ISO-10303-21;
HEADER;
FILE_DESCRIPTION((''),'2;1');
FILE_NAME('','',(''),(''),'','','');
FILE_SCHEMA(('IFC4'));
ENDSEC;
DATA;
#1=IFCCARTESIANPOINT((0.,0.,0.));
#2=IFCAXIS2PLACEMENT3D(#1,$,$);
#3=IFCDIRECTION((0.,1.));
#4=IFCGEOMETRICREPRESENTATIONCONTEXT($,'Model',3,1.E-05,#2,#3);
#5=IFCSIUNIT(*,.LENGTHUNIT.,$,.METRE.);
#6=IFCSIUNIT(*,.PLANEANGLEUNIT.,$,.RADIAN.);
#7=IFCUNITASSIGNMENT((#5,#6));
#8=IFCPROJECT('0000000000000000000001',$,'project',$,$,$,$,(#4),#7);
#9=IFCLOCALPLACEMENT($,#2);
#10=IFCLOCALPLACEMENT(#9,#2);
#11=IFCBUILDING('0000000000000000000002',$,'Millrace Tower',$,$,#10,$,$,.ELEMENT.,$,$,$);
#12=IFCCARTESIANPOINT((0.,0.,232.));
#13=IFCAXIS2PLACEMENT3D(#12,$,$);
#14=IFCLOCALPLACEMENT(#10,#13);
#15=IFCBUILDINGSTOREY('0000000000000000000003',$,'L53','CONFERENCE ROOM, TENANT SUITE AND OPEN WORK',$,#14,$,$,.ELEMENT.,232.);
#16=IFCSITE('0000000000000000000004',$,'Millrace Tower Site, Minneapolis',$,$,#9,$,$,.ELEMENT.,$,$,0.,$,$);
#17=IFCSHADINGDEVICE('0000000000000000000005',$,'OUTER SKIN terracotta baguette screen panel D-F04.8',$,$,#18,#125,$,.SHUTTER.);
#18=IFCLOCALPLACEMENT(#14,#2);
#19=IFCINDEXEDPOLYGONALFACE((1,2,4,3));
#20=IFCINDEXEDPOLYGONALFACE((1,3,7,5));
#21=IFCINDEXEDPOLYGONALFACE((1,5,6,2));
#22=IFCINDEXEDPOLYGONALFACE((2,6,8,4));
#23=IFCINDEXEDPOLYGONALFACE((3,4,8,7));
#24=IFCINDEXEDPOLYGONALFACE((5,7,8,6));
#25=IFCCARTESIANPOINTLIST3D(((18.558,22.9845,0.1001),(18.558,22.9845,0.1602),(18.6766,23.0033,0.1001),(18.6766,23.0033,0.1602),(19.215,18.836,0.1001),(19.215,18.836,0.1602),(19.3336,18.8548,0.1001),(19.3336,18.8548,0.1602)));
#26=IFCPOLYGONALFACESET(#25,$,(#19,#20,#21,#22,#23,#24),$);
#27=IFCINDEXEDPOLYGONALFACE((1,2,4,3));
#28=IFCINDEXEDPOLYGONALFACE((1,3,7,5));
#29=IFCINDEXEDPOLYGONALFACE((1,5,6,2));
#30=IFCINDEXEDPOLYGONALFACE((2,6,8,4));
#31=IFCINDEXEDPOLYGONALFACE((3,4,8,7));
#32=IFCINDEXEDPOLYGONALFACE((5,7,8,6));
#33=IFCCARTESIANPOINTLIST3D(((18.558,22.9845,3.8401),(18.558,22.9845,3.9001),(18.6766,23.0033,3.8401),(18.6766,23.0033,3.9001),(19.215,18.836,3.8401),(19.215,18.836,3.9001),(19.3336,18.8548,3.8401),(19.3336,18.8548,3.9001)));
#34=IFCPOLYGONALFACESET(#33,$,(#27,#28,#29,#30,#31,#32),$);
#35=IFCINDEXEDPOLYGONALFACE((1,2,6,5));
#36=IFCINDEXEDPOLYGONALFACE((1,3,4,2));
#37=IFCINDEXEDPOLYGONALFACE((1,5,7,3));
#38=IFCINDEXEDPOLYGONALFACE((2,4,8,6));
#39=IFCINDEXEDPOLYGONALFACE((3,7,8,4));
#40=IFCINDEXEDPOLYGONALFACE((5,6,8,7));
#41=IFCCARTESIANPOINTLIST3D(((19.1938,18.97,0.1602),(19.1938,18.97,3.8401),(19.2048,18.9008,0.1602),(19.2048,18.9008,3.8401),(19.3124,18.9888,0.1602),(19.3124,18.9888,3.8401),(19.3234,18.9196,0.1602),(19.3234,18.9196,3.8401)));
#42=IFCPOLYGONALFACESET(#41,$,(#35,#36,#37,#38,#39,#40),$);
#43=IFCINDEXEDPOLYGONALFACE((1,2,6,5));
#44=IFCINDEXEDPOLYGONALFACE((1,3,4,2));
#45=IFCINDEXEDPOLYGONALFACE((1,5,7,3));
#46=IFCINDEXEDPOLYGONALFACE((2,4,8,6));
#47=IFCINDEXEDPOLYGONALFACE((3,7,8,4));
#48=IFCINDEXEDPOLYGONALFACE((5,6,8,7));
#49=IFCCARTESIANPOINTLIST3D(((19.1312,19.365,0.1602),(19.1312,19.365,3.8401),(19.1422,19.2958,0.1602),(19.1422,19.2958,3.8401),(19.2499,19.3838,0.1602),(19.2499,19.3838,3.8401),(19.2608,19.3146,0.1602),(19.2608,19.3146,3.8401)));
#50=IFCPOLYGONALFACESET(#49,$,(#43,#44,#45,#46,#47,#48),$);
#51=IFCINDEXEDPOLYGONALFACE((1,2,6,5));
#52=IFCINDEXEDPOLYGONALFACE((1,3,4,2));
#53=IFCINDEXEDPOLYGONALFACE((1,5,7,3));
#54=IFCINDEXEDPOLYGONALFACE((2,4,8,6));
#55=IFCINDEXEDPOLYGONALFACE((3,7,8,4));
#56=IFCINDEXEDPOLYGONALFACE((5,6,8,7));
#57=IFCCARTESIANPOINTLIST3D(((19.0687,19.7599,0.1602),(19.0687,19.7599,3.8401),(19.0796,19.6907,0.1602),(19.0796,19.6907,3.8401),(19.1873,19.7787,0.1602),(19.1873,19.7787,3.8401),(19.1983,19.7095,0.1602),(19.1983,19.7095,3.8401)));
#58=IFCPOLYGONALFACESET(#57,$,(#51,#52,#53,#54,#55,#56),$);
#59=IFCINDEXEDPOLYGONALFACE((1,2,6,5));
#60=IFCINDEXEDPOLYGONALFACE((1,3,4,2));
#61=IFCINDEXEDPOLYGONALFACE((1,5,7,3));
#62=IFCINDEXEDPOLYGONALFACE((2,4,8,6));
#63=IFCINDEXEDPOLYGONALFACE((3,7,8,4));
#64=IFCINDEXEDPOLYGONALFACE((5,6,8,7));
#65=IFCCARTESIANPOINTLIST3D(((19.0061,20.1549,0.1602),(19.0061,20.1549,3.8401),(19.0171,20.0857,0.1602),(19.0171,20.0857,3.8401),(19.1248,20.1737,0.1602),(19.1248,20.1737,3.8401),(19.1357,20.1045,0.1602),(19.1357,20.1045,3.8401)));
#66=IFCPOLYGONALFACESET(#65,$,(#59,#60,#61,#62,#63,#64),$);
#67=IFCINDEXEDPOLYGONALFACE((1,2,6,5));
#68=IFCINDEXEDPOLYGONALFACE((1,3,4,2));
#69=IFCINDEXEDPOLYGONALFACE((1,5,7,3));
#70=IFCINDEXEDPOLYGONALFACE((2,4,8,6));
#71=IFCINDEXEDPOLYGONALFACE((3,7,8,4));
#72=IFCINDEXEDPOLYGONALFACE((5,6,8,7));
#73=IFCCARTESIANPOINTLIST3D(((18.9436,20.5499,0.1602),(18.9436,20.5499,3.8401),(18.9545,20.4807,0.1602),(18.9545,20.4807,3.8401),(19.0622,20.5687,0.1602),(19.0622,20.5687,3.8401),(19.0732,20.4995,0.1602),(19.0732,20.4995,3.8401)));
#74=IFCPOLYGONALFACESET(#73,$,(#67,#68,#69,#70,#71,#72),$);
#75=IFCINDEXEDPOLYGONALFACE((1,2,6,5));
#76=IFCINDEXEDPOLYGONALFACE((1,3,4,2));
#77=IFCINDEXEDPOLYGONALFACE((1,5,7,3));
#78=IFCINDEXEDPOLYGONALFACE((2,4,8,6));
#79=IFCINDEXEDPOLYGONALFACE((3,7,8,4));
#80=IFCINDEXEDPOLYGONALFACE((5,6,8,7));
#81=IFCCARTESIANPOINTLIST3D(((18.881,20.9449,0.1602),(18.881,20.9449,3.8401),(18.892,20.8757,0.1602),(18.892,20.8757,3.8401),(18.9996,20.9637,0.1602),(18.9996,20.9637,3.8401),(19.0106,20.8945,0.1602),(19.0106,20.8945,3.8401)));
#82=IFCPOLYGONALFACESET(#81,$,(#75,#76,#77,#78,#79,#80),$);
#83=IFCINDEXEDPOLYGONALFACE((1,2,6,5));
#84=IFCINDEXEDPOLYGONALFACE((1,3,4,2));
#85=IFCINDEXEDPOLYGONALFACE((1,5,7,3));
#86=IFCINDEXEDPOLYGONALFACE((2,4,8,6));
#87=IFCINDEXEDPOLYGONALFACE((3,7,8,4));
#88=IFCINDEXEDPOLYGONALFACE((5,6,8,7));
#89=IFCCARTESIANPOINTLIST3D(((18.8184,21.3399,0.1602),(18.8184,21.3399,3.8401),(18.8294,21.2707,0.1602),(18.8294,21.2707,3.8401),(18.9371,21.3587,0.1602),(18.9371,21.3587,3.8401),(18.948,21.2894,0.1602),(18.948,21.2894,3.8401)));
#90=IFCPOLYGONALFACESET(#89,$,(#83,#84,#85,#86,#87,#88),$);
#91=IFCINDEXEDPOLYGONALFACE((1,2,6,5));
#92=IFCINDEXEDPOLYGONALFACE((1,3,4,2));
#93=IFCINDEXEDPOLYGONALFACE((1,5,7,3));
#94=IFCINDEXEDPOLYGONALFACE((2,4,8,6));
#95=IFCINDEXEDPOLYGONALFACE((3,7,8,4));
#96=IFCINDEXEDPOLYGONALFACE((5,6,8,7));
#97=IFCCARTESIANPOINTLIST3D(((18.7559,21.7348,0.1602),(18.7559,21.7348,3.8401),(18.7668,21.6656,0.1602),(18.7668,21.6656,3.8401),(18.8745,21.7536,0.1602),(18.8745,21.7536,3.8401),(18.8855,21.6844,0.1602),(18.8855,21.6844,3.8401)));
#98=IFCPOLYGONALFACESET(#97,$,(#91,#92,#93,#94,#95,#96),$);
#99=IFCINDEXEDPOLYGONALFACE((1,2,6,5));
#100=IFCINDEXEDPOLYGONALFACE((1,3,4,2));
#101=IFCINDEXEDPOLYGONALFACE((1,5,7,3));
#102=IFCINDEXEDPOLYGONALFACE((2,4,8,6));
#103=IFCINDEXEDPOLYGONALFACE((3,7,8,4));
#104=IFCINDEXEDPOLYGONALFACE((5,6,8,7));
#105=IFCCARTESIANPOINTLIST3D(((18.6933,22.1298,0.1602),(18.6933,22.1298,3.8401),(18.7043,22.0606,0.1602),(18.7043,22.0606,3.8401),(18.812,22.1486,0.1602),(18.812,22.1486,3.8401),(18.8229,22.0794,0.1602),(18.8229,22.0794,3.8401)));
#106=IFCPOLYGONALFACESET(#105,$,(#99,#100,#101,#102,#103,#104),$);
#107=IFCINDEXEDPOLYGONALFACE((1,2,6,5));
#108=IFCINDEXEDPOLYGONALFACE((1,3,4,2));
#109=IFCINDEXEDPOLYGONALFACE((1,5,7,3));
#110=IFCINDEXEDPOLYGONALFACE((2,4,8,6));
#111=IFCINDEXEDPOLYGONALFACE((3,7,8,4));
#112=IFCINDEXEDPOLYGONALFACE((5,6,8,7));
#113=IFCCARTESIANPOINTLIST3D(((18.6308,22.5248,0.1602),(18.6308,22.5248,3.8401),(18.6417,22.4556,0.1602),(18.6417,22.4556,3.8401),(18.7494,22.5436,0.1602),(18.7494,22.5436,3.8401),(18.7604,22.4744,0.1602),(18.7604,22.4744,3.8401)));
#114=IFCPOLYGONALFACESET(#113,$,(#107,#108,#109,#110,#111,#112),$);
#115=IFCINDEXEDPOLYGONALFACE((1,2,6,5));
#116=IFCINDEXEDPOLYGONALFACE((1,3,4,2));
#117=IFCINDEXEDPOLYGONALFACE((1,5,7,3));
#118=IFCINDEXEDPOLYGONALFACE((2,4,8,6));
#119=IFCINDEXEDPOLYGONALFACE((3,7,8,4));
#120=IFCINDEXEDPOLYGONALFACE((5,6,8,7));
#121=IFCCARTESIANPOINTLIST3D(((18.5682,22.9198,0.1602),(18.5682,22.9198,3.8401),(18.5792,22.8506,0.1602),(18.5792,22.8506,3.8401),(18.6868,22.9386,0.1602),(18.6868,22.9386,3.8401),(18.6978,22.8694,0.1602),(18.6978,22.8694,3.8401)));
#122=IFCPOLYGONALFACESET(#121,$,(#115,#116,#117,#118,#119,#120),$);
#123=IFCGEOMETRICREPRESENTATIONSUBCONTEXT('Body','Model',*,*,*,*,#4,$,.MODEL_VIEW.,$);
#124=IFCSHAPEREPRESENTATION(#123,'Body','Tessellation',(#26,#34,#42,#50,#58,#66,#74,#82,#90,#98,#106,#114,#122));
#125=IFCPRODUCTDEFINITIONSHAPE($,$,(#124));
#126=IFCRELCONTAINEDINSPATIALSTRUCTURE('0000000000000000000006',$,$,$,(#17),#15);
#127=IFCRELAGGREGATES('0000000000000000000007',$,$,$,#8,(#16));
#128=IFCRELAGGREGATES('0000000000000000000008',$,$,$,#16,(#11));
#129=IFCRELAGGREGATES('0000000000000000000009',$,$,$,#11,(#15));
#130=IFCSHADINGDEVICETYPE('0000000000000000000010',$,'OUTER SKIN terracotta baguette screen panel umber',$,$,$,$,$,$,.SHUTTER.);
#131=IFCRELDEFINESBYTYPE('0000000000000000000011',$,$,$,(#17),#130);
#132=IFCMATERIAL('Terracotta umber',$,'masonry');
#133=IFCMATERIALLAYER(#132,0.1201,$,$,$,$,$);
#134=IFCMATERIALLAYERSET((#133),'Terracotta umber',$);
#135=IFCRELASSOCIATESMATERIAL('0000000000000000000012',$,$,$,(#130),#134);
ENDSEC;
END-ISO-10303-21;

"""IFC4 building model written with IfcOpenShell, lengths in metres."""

from ifc_helpers import new_model, entity, si_unit, direction, frame, frame_2d, origin, origin_2d, place, context, subcontext, project, spatial, rectangle, extrude, source, transform, mapped, material, layer, layer_set, type_object, element, save


model = new_model("IFC4")

# Units and contexts
model_context = context("Model", 3, precision=1e-05, world=origin(), true_north=direction((0.0, 1.0)))
body_context = subcontext(model_context, "Body", "Model", "MODEL_VIEW")
ifc_project = project(units=[si_unit("LENGTHUNIT", "METRE"), si_unit("PLANEANGLEUNIT", "RADIAN")], contexts=[model_context])

# Site, building, storey
site_placement = place(None, origin())
site = spatial("IfcSite", under=ifc_project, at=site_placement, Name="Millrace Tower Site, Minneapolis", CompositionType="ELEMENT", RefElevation=0.0)
building_placement = place(site_placement, origin())
building = spatial("IfcBuilding", under=site, at=building_placement, Name="Millrace Tower", CompositionType="ELEMENT")
storey_placement = place(building_placement, frame((0.0, 0.0, 232.0)))
storey = spatial("IfcBuildingStorey", under=building, at=storey_placement, Name="L53", Description="CONFERENCE ROOM, TENANT SUITE AND OPEN WORK", CompositionType="ELEMENT", Elevation=232.0)

# Shading device
ifc_material_1 = material(Name="Terracotta umber", Category="masonry")
ifc_layer_1 = layer(ifc_material_1, 0.1201)
ifc_layer_set_1 = layer_set([ifc_layer_1], Name="Terracotta umber")
shading_device_type = type_object("IfcShadingDeviceType", Name="OUTER SKIN terracotta baguette screen panel umber", PredefinedType="SHUTTER", material=ifc_layer_set_1)
cartesian_point = entity("IfcCartesianPoint", [-2.1001, 0.0601])
shared_polyline = entity("IfcPolyline", [cartesian_point, entity("IfcCartesianPoint", [2.1001, 0.0601]), entity("IfcCartesianPoint", [2.1001, -0.0601]), entity("IfcCartesianPoint", [-2.1001, -0.0601]), cartesian_point])
shared_shape = source(origin(), body_context, "Body", "SweptSolid", [
    entity("IfcExtrudedAreaSolid", entity("IfcArbitraryClosedProfileDef", "AREA", None, shared_polyline), entity("IfcAxis2Placement3D", entity("IfcCartesianPoint", [0.0, 0.0, 0.0])), entity("IfcDirection", [0.0, 0.0, 1.0]), 0.0601),
    entity("IfcExtrudedAreaSolid", entity("IfcArbitraryClosedProfileDef", "AREA", None, shared_polyline), entity("IfcAxis2Placement3D", entity("IfcCartesianPoint", [0.0, 0.0, 3.74])), entity("IfcDirection", [0.0, 0.0, 1.0]), 0.0601),
    extrude(rectangle(XDim=0.0701, YDim=0.1201, at=frame_2d((-1.9995, 0.0))), frame((0.0, 0.0, 0.0601)), (0.0, 0.0, 1.0), 3.6799),
    extrude(rectangle(XDim=0.0701, YDim=0.1201, at=frame_2d((-1.5996, 0.0))), frame((0.0, 0.0, 0.0601)), (0.0, 0.0, 1.0), 3.6799),
    extrude(rectangle(XDim=0.0701, YDim=0.1201, at=frame_2d((-1.1997, 0.0))), frame((0.0, 0.0, 0.0601)), (0.0, 0.0, 1.0), 3.6799),
    extrude(rectangle(XDim=0.0701, YDim=0.1201, at=frame_2d((-0.7998, 0.0))), frame((0.0, 0.0, 0.0601)), (0.0, 0.0, 1.0), 3.6799),
    extrude(rectangle(XDim=0.0701, YDim=0.1201, at=frame_2d((-0.3999, 0.0))), frame((0.0, 0.0, 0.0601)), (0.0, 0.0, 1.0), 3.6799),
    extrude(rectangle(XDim=0.0701, YDim=0.1201, at=origin_2d()), frame((0.0, 0.0, 0.0601)), (0.0, 0.0, 1.0), 3.6799),
    extrude(rectangle(XDim=0.0701, YDim=0.1201, at=frame_2d((0.3999, 0.0))), frame((0.0, 0.0, 0.0601)), (0.0, 0.0, 1.0), 3.6799),
    extrude(rectangle(XDim=0.0701, YDim=0.1201, at=frame_2d((0.7998, 0.0))), frame((0.0, 0.0, 0.0601)), (0.0, 0.0, 1.0), 3.6799),
    extrude(rectangle(XDim=0.0701, YDim=0.1201, at=frame_2d((1.1997, 0.0))), frame((0.0, 0.0, 0.0601)), (0.0, 0.0, 1.0), 3.6799),
    extrude(rectangle(XDim=0.0701, YDim=0.1201, at=frame_2d((1.5996, 0.0))), frame((0.0, 0.0, 0.0601)), (0.0, 0.0, 1.0), 3.6799),
    extrude(rectangle(XDim=0.0701, YDim=0.1201, at=frame_2d((1.9995, 0.0))), frame((0.0, 0.0, 0.0601)), (0.0, 0.0, 1.0), 3.6799),
])
for number, where, z_axis, x_axis, name in (
    (1, (18.9458, 20.9197, 0.1001), (0.0, 0.0, 1.0), (-0.156434, 0.987688, 0.0), "OUTER SKIN terracotta baguette screen panel D-F04.8"),
):
    element("IfcShadingDevice", number, at=place(storey_placement, frame(where, z_axis=z_axis, x_axis=x_axis)), inside=storey, type_object=shading_device_type, Name=name, PredefinedType="SHUTTER", context=body_context, shape_type="MappedRepresentation", body=[
        mapped(shared_shape, transform((0.0, 0.0, 0.0), scale=1.0)),
    ])

save(model, "model.ifc")
